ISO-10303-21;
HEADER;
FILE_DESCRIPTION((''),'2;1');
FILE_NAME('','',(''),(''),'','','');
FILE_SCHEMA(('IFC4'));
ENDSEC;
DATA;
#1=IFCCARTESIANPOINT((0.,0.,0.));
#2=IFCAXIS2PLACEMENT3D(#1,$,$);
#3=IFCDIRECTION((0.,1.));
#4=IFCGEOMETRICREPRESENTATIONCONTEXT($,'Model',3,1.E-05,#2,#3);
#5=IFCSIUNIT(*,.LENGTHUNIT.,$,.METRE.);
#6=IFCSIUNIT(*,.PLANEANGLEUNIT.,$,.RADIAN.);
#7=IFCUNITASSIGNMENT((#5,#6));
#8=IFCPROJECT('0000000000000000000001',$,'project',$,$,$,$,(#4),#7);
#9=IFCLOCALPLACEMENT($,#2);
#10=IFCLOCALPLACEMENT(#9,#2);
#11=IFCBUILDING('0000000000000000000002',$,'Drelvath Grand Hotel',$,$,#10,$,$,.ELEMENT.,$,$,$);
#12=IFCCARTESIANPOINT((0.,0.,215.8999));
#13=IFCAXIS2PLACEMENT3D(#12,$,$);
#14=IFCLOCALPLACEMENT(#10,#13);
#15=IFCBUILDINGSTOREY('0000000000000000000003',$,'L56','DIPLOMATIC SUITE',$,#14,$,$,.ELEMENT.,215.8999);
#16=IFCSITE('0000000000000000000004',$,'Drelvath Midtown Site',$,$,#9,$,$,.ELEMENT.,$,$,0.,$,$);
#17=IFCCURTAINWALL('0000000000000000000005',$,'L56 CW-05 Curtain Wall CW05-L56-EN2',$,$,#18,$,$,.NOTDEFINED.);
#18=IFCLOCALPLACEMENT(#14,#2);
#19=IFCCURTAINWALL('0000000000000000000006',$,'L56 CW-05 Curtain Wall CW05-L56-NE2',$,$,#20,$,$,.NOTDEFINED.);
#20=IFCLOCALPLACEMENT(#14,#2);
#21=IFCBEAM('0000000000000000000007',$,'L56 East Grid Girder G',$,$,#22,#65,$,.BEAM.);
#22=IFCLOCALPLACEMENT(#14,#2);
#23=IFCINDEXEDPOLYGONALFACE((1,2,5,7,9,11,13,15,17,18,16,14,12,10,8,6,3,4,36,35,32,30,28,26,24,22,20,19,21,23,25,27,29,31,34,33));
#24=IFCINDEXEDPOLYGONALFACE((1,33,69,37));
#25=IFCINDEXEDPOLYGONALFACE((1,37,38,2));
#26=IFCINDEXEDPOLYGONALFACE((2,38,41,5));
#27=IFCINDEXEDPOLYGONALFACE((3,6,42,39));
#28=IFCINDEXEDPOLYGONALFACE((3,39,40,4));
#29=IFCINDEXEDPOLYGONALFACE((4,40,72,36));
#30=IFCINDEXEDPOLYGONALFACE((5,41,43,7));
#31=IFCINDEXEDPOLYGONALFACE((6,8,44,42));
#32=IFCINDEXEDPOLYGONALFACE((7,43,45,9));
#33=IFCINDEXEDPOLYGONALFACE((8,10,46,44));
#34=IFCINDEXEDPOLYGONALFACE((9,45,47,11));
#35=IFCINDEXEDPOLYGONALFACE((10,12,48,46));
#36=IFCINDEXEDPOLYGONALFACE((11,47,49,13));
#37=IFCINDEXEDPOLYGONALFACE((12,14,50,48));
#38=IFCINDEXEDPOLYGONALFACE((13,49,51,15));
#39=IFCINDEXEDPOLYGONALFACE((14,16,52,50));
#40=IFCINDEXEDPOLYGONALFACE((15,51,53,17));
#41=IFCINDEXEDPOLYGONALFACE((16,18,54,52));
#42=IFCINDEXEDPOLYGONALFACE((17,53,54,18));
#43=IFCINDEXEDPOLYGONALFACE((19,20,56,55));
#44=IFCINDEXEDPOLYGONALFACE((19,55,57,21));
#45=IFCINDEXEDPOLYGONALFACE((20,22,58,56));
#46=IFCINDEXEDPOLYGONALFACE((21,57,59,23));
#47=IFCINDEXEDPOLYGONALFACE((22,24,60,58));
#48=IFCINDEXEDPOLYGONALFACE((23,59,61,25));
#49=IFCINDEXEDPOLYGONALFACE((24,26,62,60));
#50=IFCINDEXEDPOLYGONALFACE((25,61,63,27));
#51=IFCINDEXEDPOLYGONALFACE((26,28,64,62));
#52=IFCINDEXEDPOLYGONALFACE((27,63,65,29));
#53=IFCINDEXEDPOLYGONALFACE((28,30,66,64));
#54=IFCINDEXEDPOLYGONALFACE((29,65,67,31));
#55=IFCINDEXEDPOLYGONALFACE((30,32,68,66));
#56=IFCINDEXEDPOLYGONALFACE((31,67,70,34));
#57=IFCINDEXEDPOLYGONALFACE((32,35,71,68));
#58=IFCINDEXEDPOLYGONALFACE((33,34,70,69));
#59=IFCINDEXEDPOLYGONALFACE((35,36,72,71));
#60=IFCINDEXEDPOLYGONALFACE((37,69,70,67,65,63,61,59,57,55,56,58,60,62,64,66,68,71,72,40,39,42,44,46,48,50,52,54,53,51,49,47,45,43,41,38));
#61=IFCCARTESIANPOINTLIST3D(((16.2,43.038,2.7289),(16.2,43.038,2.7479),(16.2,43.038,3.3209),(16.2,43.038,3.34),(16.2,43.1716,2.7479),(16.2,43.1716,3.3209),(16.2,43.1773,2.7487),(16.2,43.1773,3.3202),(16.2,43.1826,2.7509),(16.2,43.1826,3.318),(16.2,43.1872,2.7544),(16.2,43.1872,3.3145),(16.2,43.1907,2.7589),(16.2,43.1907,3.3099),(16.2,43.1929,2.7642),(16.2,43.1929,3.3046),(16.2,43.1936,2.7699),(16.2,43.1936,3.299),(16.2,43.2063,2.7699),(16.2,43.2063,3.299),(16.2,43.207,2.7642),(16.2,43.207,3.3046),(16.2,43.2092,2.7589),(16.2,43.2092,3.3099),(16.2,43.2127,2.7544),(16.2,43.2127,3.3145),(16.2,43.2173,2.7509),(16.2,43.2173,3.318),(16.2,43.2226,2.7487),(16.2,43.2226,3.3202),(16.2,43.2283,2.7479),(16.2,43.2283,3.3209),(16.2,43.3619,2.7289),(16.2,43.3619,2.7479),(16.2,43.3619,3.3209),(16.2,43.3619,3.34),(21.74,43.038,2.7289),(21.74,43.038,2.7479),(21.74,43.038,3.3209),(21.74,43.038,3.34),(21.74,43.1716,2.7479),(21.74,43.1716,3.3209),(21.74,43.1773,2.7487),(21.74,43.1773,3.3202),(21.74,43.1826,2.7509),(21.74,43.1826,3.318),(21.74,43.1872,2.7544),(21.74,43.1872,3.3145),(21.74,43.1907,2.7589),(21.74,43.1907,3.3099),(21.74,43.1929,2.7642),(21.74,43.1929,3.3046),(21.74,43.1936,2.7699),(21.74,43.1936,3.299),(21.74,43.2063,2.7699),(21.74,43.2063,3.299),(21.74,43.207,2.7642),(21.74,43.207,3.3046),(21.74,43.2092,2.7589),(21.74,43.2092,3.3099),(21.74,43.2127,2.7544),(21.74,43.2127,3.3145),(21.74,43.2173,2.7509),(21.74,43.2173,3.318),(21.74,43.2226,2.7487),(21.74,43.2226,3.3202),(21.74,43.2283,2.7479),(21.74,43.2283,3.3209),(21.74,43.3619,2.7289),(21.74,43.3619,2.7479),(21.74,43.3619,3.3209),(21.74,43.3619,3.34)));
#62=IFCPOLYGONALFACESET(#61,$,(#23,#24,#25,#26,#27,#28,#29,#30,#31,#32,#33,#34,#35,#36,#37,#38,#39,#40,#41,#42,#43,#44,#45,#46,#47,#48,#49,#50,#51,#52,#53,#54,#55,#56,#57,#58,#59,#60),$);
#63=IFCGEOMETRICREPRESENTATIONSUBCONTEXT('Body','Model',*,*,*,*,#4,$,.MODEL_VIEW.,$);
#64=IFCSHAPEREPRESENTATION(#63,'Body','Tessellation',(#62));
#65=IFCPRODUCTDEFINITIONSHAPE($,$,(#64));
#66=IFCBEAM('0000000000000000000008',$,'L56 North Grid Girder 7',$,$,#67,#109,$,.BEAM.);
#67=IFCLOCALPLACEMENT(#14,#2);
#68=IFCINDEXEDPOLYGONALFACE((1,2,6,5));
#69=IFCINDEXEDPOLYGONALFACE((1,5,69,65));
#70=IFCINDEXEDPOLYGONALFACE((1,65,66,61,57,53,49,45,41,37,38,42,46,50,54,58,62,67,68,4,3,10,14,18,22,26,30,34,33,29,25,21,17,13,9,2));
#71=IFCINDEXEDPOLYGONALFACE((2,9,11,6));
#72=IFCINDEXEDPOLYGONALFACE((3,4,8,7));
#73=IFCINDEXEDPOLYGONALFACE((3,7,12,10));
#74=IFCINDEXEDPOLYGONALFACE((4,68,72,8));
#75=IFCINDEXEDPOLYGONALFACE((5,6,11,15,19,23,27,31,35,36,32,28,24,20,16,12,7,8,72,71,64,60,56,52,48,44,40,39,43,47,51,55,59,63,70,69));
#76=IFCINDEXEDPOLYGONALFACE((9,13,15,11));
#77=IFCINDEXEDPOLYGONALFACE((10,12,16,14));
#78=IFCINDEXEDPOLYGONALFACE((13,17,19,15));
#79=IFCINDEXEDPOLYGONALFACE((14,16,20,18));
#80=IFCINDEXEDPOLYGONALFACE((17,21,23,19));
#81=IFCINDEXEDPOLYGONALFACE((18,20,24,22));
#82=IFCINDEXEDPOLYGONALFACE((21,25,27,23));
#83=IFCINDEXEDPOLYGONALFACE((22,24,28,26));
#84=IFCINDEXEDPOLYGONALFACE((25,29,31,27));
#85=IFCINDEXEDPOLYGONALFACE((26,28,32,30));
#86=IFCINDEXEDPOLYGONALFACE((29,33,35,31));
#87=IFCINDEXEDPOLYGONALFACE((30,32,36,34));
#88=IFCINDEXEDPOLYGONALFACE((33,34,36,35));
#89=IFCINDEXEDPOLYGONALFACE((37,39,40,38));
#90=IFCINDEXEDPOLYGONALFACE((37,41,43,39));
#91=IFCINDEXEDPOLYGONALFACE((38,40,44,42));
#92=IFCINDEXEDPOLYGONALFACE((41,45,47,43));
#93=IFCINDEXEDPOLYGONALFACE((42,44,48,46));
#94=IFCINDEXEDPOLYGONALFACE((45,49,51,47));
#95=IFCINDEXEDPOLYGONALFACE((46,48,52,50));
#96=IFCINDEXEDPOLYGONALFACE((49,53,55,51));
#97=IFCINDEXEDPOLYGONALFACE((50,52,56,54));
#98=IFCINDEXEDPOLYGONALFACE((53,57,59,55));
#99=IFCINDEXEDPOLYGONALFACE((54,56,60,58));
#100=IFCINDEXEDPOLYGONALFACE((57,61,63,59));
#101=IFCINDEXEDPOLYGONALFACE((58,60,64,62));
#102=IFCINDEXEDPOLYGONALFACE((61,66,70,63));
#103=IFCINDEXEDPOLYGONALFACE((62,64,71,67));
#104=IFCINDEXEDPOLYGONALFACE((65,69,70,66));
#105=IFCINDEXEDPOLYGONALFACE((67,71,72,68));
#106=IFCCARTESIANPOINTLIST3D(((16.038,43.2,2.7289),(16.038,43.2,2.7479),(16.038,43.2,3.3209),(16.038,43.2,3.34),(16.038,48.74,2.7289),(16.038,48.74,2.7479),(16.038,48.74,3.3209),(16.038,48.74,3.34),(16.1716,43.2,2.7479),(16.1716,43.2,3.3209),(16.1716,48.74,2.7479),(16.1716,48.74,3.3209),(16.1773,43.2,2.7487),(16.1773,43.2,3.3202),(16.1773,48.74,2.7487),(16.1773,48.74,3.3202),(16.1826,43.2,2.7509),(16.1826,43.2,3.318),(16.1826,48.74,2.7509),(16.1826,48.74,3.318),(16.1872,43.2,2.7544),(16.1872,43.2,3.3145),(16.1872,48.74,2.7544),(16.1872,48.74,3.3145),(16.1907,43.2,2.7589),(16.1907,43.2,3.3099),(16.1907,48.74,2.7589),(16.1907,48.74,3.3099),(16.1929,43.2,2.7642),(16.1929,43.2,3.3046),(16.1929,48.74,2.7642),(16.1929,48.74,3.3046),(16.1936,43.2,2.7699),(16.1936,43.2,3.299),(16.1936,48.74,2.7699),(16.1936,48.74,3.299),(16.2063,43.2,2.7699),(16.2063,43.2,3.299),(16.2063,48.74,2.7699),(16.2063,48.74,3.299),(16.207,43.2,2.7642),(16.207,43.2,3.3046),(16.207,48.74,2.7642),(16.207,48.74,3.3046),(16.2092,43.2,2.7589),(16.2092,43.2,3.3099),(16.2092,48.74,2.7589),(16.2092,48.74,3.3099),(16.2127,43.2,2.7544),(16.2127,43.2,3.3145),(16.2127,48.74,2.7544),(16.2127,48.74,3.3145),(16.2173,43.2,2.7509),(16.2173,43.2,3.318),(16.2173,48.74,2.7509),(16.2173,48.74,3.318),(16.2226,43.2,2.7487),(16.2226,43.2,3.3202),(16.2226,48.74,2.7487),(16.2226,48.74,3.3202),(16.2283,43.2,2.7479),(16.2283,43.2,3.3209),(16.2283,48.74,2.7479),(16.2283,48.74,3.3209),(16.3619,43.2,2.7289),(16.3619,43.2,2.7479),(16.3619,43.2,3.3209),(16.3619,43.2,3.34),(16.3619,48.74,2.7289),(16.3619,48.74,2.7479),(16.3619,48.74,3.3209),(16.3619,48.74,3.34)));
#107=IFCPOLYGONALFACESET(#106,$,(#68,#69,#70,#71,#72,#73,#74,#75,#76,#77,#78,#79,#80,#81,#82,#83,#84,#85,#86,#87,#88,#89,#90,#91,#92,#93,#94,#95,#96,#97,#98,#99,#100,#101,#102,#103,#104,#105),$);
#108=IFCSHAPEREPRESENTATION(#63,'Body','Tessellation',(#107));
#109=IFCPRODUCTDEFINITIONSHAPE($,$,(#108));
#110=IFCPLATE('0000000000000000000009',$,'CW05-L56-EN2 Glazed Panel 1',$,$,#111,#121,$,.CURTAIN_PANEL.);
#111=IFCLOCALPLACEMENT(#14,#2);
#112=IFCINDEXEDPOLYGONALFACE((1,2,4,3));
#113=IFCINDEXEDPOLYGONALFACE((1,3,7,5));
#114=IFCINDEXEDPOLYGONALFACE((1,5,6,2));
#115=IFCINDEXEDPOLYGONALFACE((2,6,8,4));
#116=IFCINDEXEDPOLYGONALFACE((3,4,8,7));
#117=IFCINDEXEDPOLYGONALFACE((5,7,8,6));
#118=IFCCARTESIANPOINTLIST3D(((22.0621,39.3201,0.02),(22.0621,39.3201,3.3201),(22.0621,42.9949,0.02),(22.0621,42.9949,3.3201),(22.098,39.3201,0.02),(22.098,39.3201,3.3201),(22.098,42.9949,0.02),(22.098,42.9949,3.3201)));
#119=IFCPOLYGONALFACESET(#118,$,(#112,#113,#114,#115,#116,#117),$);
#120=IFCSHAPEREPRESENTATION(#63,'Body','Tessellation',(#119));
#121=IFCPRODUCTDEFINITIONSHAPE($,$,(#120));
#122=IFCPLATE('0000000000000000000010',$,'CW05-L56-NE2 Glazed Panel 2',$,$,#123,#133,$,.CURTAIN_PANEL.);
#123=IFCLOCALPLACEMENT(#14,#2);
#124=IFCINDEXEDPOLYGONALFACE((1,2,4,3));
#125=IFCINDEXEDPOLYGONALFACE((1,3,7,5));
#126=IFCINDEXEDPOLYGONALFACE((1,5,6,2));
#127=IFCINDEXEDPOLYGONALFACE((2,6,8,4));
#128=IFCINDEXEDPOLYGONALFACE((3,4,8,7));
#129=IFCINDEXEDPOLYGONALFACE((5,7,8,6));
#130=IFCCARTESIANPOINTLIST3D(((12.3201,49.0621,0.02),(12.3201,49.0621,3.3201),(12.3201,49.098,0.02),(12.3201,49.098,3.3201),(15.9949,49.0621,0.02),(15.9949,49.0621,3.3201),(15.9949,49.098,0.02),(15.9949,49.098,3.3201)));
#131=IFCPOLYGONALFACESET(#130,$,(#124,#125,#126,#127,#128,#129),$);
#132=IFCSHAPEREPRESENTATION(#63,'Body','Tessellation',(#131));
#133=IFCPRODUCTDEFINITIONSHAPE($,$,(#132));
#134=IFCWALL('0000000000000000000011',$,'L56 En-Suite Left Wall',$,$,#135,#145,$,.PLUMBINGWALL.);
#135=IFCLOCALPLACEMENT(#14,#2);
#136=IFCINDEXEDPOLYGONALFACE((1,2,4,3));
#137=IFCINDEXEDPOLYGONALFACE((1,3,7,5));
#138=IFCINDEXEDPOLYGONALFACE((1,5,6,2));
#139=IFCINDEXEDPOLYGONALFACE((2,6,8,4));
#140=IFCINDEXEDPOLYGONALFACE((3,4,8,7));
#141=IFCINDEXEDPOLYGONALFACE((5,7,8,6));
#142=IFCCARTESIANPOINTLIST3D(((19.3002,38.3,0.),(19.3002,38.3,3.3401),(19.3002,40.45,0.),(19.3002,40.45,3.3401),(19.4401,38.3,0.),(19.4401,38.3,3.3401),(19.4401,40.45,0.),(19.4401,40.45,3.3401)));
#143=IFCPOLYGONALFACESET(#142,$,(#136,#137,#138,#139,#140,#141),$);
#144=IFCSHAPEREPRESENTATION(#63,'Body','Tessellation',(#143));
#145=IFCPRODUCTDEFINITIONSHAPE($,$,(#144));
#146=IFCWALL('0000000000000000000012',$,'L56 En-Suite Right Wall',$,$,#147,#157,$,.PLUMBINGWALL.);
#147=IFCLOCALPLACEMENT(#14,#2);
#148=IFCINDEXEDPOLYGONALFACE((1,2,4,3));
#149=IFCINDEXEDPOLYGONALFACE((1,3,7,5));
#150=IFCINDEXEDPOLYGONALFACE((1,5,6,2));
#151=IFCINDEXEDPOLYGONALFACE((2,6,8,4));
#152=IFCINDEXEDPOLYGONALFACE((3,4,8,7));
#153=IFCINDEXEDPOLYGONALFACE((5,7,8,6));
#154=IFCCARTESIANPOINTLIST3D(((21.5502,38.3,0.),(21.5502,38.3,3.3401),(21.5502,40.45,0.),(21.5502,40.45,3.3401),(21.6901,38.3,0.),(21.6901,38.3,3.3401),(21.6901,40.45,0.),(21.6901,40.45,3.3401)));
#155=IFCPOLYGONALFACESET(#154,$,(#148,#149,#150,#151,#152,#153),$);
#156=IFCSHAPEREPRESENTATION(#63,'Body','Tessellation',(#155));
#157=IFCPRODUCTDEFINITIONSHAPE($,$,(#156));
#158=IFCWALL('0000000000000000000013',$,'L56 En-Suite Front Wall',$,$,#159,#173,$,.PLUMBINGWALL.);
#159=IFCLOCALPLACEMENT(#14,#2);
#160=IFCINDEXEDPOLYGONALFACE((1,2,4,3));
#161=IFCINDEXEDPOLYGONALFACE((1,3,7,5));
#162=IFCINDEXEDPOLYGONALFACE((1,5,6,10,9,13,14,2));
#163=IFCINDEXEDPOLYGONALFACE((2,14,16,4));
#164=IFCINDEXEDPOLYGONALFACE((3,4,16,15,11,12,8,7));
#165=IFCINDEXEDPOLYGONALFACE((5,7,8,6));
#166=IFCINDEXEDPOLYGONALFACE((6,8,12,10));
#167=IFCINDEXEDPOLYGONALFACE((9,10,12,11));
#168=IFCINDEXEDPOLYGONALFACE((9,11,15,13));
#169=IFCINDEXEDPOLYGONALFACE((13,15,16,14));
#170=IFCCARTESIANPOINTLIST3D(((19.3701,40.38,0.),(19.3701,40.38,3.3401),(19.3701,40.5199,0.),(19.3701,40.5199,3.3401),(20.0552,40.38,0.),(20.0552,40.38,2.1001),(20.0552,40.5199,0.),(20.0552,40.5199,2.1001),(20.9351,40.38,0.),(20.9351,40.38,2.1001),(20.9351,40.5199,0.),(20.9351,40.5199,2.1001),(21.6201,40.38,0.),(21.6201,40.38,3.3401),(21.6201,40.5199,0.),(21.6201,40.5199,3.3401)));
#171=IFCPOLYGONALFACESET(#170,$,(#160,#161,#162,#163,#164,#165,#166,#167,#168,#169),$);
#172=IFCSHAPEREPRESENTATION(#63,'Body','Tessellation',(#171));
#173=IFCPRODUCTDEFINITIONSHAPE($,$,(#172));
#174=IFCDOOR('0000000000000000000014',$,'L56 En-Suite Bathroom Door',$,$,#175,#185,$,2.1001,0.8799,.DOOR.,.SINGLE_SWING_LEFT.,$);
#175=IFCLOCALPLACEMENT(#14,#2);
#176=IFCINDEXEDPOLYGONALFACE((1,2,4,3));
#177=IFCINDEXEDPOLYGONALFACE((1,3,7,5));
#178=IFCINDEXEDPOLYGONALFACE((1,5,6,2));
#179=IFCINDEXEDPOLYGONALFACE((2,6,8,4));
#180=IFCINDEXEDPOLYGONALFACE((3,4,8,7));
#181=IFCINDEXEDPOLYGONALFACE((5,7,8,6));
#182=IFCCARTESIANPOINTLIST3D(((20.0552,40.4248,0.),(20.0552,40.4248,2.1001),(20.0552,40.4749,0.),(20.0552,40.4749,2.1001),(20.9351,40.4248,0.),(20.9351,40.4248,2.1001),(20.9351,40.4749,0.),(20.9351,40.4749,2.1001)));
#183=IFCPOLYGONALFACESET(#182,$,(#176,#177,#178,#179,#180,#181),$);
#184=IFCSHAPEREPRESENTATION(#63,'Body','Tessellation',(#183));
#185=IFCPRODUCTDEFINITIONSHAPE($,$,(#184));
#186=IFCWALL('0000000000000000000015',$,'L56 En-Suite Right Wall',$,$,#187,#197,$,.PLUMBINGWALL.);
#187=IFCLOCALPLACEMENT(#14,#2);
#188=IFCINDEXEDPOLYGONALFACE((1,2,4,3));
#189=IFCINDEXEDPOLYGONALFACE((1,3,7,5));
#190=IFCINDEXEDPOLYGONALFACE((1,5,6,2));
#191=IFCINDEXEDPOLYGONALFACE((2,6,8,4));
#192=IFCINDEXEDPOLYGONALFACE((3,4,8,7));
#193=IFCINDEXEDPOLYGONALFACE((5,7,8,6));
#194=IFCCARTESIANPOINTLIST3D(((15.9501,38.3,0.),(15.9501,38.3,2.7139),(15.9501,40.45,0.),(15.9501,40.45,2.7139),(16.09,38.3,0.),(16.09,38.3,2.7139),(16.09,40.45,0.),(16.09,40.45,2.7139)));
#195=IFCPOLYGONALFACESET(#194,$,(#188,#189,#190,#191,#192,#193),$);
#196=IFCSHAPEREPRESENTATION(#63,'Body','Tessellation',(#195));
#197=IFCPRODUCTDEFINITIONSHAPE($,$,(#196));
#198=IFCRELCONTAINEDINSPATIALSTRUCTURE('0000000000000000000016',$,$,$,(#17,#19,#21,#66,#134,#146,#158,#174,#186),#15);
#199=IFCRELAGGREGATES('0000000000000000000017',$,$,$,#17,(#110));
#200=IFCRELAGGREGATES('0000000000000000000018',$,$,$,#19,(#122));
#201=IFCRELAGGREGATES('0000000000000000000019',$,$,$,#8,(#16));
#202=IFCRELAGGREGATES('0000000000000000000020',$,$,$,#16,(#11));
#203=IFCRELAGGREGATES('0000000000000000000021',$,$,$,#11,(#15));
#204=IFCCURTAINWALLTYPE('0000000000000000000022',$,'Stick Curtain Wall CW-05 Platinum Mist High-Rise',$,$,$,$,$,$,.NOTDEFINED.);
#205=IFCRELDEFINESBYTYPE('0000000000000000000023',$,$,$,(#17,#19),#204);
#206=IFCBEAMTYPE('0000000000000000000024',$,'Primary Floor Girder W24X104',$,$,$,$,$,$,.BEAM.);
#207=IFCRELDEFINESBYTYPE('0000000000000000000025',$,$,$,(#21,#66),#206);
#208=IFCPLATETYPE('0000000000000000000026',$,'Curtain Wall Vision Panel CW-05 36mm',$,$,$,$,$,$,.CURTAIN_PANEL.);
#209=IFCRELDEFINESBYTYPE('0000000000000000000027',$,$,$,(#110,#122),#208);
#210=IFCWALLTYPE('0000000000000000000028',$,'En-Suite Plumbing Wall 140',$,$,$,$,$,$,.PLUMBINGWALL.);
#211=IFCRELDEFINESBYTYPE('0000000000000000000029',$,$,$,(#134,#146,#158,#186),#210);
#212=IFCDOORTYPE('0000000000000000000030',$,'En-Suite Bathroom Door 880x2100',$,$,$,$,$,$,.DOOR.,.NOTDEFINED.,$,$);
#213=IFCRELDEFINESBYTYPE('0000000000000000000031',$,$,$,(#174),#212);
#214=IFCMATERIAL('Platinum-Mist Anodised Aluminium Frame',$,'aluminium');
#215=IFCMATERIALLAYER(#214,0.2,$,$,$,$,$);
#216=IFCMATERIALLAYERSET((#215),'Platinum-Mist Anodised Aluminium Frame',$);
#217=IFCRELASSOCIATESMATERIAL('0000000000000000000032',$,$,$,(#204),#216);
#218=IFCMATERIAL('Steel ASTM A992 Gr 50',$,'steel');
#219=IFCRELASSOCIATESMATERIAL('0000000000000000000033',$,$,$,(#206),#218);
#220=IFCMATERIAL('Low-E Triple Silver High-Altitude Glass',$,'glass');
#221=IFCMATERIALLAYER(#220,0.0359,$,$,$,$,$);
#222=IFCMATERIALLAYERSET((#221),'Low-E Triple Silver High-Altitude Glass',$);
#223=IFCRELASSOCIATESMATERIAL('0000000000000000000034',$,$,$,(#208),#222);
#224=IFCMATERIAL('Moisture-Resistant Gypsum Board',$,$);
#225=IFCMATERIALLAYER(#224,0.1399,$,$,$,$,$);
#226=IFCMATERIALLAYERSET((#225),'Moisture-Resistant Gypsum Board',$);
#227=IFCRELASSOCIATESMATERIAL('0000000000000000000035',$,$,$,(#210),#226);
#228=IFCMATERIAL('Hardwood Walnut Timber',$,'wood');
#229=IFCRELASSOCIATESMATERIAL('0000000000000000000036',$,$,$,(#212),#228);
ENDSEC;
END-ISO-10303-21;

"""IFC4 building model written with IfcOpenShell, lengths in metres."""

from ifc_helpers import new_model, si_unit, direction, frame, frame_2d, origin, origin_2d, place, context, subcontext, project, spatial, rectangle, i_section, extrude, material, layer, layer_set, material_profile, profile_set, type_object, element, fill, aggregate, save


model = new_model("IFC4")

# Units and contexts
model_context = context("Model", 3, precision=1e-05, world=origin(), true_north=direction((0.0, 1.0)))
body_context = subcontext(model_context, "Body", "Model", "MODEL_VIEW")
ifc_project = project(units=[si_unit("LENGTHUNIT", "METRE"), si_unit("PLANEANGLEUNIT", "RADIAN")], contexts=[model_context])

# Site, building, storey
site_placement = place(None, origin())
site = spatial("IfcSite", under=ifc_project, at=site_placement, Name="Drelvath Midtown Site", CompositionType="ELEMENT", RefElevation=0.0)
building_placement = place(site_placement, origin())
building = spatial("IfcBuilding", under=site, at=building_placement, Name="Drelvath Grand Hotel", CompositionType="ELEMENT")
storey_placement = place(building_placement, frame((0.0, 0.0, 215.8999)))
storey = spatial("IfcBuildingStorey", under=building, at=storey_placement, Name="L56", Description="DIPLOMATIC SUITE", CompositionType="ELEMENT", Elevation=215.8999)

# Curtain wall
ifc_material_1 = material(Name="Platinum-Mist Anodised Aluminium Frame", Category="aluminium")
ifc_layer_1 = layer(ifc_material_1, 0.2)
ifc_layer_set_1 = layer_set([ifc_layer_1], Name="Platinum-Mist Anodised Aluminium Frame")
curtain_wall_type = type_object("IfcCurtainWallType", Name="Stick Curtain Wall CW-05 Platinum Mist High-Rise", PredefinedType="NOTDEFINED", material=ifc_layer_set_1)
curtain_wall_1_placement = place(storey_placement, origin())
curtain_wall_1 = element("IfcCurtainWall", 1, at=curtain_wall_1_placement, inside=storey, type_object=curtain_wall_type, Name="L56 CW-05 Curtain Wall CW05-L56-EN2", PredefinedType="NOTDEFINED")

# Curtain wall
curtain_wall_2_placement = place(storey_placement, origin())
curtain_wall_2 = element("IfcCurtainWall", 2, at=curtain_wall_2_placement, inside=storey, type_object=curtain_wall_type, Name="L56 CW-05 Curtain Wall CW05-L56-NE2", PredefinedType="NOTDEFINED")

# Beams
ifc_material_2 = material(Name="Steel ASTM A992 Gr 50", Category="steel")
ifc_material_profile_1 = material_profile(ifc_material_2, i_section(OverallWidth=0.324, OverallDepth=0.6111, WebThickness=0.0127, FlangeThickness=0.019, FilletRadius=0.022, at=origin_2d()), Name="W24X104")
ifc_profile_set_1 = profile_set([ifc_material_profile_1], Name="Steel ASTM A992 Gr 50")
beam_type = type_object("IfcBeamType", Name="Primary Floor Girder W24X104", PredefinedType="BEAM", material=ifc_profile_set_1)
for number, where, z_axis, x_axis, name in (
    (3, (16.2, 43.2, 3.0344), (1.0, 0.0, 0.0), (0.0, 1.0, 0.0), "L56 East Grid Girder G"),
    (4, (16.2, 43.2, 3.0344), (0.0, 1.0, 0.0), (-1.0, 0.0, 0.0), "L56 North Grid Girder 7"),
):
    element("IfcBeam", number, at=place(storey_placement, frame(where, z_axis=z_axis, x_axis=x_axis)), inside=storey, type_object=beam_type, Name=name, PredefinedType="BEAM", context=body_context, shape_type="SweptSolid", body=[
        extrude(i_section(OverallWidth=0.324, OverallDepth=0.6111, WebThickness=0.0127, FlangeThickness=0.019, FilletRadius=0.022, at=origin_2d()), origin(), (0.0, 0.0, 1.0), 5.54),
    ])

# Plates
ifc_material_3 = material(Name="Low-E Triple Silver High-Altitude Glass", Category="glass")
ifc_layer_2 = layer(ifc_material_3, 0.0359)
ifc_layer_set_2 = layer_set([ifc_layer_2], Name="Low-E Triple Silver High-Altitude Glass")
plate_type = type_object("IfcPlateType", Name="Curtain Wall Vision Panel CW-05 36mm", PredefinedType="CURTAIN_PANEL", material=ifc_layer_set_2)
plate_1_placement = place(storey_placement, frame((22.0801, 41.1575, 0.02), z_axis=(0.0, 0.0, 1.0), x_axis=(0.0, -1.0, 0.0)))
plate_1 = element("IfcPlate", 5, at=plate_1_placement, type_object=plate_type, Name="CW05-L56-EN2 Glazed Panel 1", PredefinedType="CURTAIN_PANEL", context=body_context, shape_type="SweptSolid", body=[
    extrude(rectangle(XDim=3.6748, YDim=0.0359, at=origin_2d()), origin(), (0.0, 0.0, 1.0), 3.3),
])
aggregate(curtain_wall_1, [plate_1])
plate_2_placement = place(storey_placement, frame((14.1575, 49.0801, 0.02), z_axis=(0.0, 0.0, 1.0), x_axis=(1.0, 0.0, 0.0)))
plate_2 = element("IfcPlate", 6, at=plate_2_placement, type_object=plate_type, Name="CW05-L56-NE2 Glazed Panel 2", PredefinedType="CURTAIN_PANEL", context=body_context, shape_type="SweptSolid", body=[
    extrude(rectangle(XDim=3.6748, YDim=0.0359, at=origin_2d()), origin(), (0.0, 0.0, 1.0), 3.3),
])
aggregate(curtain_wall_2, [plate_2])

# Walls
ifc_material_4 = material(Name="Moisture-Resistant Gypsum Board")
ifc_layer_3 = layer(ifc_material_4, 0.1399)
ifc_layer_set_3 = layer_set([ifc_layer_3], Name="Moisture-Resistant Gypsum Board")
wall_type_1 = type_object("IfcWallType", Name="En-Suite Plumbing Wall 140", PredefinedType="PLUMBINGWALL", material=ifc_layer_set_3)
for number, where, z_axis, x_axis, name in (
    (7, (19.3701, 38.3, 0.0), (0.0, 0.0, 1.0), (0.0, 1.0, 0.0), "L56 En-Suite Left Wall"),
    (8, (21.6201, 38.3, 0.0), (0.0, 0.0, 1.0), (0.0, 1.0, 0.0), "L56 En-Suite Right Wall"),
):
    element("IfcWall", number, at=place(storey_placement, frame(where, z_axis=z_axis, x_axis=x_axis)), inside=storey, type_object=wall_type_1, Name=name, PredefinedType="PLUMBINGWALL", context=body_context, shape_type="SweptSolid", body=[
        extrude(rectangle(XDim=2.1499, YDim=0.1399, at=frame_2d((1.075, 0.0))), origin(), (0.0, 0.0, 1.0), 3.3401),
    ])

# Wall, opening, door
wall_1_placement = place(storey_placement, frame((19.3701, 40.45, 0.0), z_axis=(0.0, 0.0, 1.0), x_axis=(1.0, 0.0, 0.0)))
wall_1 = element("IfcWall", 9, at=wall_1_placement, inside=storey, type_object=wall_type_1, Name="L56 En-Suite Front Wall", PredefinedType="PLUMBINGWALL", context=body_context, shape_type="SweptSolid", body=[
    extrude(rectangle(XDim=2.25, YDim=0.1399, at=frame_2d((1.125, 0.0))), origin(), (0.0, 0.0, 1.0), 3.3401),
])
opening_1_placement = place(wall_1_placement, frame((0.6851, 0.0, 0.0)))
opening_1 = element("IfcOpeningElement", 10, at=opening_1_placement, cuts=wall_1, PredefinedType="OPENING", context=body_context, shape_type="SweptSolid", body=[
    extrude(rectangle(XDim=0.8799, YDim=2.1001, at=frame_2d((0.4399, 1.05))), frame((0.0, 0.0798, 0.0), z_axis=(0.0, -1.0, 0.0), x_axis=(1.0, 0.0, 0.0)), (0.0, 0.0, 1.0), 0.1599),
])
ifc_material_5 = material(Name="Hardwood Walnut Timber", Category="wood")
door_type = type_object("IfcDoorType", Name="En-Suite Bathroom Door 880x2100", OperationType="NOTDEFINED", PredefinedType="DOOR", material=ifc_material_5)
door_1_placement = place(opening_1_placement, origin())
door_1 = element("IfcDoor", 11, at=door_1_placement, inside=storey, type_object=door_type, Name="L56 En-Suite Bathroom Door", OperationType="SINGLE_SWING_LEFT", OverallHeight=2.1001, OverallWidth=0.8799, PredefinedType="DOOR", context=body_context, shape_type="SweptSolid", body=[
    extrude(rectangle(XDim=0.8799, YDim=2.1001, at=frame_2d((0.4399, 1.05))), frame((0.0, 0.0249, 0.0), z_axis=(0.0, -1.0, 0.0), x_axis=(1.0, 0.0, 0.0)), (0.0, 0.0, 1.0), 0.05),
])
fill(opening_1, door_1)

# Wall
wall_2_placement = place(storey_placement, frame((16.02, 38.3, 0.0), z_axis=(0.0, 0.0, 1.0), x_axis=(0.0, 1.0, 0.0)))
element("IfcWall", 12, at=wall_2_placement, inside=storey, type_object=wall_type_1, Name="L56 En-Suite Right Wall", PredefinedType="PLUMBINGWALL", context=body_context, shape_type="SweptSolid", body=[
    extrude(rectangle(XDim=2.1499, YDim=0.1399, at=frame_2d((1.075, 0.0))), origin(), (0.0, 0.0, 1.0), 2.7139),
])

save(model, "model.ifc")
